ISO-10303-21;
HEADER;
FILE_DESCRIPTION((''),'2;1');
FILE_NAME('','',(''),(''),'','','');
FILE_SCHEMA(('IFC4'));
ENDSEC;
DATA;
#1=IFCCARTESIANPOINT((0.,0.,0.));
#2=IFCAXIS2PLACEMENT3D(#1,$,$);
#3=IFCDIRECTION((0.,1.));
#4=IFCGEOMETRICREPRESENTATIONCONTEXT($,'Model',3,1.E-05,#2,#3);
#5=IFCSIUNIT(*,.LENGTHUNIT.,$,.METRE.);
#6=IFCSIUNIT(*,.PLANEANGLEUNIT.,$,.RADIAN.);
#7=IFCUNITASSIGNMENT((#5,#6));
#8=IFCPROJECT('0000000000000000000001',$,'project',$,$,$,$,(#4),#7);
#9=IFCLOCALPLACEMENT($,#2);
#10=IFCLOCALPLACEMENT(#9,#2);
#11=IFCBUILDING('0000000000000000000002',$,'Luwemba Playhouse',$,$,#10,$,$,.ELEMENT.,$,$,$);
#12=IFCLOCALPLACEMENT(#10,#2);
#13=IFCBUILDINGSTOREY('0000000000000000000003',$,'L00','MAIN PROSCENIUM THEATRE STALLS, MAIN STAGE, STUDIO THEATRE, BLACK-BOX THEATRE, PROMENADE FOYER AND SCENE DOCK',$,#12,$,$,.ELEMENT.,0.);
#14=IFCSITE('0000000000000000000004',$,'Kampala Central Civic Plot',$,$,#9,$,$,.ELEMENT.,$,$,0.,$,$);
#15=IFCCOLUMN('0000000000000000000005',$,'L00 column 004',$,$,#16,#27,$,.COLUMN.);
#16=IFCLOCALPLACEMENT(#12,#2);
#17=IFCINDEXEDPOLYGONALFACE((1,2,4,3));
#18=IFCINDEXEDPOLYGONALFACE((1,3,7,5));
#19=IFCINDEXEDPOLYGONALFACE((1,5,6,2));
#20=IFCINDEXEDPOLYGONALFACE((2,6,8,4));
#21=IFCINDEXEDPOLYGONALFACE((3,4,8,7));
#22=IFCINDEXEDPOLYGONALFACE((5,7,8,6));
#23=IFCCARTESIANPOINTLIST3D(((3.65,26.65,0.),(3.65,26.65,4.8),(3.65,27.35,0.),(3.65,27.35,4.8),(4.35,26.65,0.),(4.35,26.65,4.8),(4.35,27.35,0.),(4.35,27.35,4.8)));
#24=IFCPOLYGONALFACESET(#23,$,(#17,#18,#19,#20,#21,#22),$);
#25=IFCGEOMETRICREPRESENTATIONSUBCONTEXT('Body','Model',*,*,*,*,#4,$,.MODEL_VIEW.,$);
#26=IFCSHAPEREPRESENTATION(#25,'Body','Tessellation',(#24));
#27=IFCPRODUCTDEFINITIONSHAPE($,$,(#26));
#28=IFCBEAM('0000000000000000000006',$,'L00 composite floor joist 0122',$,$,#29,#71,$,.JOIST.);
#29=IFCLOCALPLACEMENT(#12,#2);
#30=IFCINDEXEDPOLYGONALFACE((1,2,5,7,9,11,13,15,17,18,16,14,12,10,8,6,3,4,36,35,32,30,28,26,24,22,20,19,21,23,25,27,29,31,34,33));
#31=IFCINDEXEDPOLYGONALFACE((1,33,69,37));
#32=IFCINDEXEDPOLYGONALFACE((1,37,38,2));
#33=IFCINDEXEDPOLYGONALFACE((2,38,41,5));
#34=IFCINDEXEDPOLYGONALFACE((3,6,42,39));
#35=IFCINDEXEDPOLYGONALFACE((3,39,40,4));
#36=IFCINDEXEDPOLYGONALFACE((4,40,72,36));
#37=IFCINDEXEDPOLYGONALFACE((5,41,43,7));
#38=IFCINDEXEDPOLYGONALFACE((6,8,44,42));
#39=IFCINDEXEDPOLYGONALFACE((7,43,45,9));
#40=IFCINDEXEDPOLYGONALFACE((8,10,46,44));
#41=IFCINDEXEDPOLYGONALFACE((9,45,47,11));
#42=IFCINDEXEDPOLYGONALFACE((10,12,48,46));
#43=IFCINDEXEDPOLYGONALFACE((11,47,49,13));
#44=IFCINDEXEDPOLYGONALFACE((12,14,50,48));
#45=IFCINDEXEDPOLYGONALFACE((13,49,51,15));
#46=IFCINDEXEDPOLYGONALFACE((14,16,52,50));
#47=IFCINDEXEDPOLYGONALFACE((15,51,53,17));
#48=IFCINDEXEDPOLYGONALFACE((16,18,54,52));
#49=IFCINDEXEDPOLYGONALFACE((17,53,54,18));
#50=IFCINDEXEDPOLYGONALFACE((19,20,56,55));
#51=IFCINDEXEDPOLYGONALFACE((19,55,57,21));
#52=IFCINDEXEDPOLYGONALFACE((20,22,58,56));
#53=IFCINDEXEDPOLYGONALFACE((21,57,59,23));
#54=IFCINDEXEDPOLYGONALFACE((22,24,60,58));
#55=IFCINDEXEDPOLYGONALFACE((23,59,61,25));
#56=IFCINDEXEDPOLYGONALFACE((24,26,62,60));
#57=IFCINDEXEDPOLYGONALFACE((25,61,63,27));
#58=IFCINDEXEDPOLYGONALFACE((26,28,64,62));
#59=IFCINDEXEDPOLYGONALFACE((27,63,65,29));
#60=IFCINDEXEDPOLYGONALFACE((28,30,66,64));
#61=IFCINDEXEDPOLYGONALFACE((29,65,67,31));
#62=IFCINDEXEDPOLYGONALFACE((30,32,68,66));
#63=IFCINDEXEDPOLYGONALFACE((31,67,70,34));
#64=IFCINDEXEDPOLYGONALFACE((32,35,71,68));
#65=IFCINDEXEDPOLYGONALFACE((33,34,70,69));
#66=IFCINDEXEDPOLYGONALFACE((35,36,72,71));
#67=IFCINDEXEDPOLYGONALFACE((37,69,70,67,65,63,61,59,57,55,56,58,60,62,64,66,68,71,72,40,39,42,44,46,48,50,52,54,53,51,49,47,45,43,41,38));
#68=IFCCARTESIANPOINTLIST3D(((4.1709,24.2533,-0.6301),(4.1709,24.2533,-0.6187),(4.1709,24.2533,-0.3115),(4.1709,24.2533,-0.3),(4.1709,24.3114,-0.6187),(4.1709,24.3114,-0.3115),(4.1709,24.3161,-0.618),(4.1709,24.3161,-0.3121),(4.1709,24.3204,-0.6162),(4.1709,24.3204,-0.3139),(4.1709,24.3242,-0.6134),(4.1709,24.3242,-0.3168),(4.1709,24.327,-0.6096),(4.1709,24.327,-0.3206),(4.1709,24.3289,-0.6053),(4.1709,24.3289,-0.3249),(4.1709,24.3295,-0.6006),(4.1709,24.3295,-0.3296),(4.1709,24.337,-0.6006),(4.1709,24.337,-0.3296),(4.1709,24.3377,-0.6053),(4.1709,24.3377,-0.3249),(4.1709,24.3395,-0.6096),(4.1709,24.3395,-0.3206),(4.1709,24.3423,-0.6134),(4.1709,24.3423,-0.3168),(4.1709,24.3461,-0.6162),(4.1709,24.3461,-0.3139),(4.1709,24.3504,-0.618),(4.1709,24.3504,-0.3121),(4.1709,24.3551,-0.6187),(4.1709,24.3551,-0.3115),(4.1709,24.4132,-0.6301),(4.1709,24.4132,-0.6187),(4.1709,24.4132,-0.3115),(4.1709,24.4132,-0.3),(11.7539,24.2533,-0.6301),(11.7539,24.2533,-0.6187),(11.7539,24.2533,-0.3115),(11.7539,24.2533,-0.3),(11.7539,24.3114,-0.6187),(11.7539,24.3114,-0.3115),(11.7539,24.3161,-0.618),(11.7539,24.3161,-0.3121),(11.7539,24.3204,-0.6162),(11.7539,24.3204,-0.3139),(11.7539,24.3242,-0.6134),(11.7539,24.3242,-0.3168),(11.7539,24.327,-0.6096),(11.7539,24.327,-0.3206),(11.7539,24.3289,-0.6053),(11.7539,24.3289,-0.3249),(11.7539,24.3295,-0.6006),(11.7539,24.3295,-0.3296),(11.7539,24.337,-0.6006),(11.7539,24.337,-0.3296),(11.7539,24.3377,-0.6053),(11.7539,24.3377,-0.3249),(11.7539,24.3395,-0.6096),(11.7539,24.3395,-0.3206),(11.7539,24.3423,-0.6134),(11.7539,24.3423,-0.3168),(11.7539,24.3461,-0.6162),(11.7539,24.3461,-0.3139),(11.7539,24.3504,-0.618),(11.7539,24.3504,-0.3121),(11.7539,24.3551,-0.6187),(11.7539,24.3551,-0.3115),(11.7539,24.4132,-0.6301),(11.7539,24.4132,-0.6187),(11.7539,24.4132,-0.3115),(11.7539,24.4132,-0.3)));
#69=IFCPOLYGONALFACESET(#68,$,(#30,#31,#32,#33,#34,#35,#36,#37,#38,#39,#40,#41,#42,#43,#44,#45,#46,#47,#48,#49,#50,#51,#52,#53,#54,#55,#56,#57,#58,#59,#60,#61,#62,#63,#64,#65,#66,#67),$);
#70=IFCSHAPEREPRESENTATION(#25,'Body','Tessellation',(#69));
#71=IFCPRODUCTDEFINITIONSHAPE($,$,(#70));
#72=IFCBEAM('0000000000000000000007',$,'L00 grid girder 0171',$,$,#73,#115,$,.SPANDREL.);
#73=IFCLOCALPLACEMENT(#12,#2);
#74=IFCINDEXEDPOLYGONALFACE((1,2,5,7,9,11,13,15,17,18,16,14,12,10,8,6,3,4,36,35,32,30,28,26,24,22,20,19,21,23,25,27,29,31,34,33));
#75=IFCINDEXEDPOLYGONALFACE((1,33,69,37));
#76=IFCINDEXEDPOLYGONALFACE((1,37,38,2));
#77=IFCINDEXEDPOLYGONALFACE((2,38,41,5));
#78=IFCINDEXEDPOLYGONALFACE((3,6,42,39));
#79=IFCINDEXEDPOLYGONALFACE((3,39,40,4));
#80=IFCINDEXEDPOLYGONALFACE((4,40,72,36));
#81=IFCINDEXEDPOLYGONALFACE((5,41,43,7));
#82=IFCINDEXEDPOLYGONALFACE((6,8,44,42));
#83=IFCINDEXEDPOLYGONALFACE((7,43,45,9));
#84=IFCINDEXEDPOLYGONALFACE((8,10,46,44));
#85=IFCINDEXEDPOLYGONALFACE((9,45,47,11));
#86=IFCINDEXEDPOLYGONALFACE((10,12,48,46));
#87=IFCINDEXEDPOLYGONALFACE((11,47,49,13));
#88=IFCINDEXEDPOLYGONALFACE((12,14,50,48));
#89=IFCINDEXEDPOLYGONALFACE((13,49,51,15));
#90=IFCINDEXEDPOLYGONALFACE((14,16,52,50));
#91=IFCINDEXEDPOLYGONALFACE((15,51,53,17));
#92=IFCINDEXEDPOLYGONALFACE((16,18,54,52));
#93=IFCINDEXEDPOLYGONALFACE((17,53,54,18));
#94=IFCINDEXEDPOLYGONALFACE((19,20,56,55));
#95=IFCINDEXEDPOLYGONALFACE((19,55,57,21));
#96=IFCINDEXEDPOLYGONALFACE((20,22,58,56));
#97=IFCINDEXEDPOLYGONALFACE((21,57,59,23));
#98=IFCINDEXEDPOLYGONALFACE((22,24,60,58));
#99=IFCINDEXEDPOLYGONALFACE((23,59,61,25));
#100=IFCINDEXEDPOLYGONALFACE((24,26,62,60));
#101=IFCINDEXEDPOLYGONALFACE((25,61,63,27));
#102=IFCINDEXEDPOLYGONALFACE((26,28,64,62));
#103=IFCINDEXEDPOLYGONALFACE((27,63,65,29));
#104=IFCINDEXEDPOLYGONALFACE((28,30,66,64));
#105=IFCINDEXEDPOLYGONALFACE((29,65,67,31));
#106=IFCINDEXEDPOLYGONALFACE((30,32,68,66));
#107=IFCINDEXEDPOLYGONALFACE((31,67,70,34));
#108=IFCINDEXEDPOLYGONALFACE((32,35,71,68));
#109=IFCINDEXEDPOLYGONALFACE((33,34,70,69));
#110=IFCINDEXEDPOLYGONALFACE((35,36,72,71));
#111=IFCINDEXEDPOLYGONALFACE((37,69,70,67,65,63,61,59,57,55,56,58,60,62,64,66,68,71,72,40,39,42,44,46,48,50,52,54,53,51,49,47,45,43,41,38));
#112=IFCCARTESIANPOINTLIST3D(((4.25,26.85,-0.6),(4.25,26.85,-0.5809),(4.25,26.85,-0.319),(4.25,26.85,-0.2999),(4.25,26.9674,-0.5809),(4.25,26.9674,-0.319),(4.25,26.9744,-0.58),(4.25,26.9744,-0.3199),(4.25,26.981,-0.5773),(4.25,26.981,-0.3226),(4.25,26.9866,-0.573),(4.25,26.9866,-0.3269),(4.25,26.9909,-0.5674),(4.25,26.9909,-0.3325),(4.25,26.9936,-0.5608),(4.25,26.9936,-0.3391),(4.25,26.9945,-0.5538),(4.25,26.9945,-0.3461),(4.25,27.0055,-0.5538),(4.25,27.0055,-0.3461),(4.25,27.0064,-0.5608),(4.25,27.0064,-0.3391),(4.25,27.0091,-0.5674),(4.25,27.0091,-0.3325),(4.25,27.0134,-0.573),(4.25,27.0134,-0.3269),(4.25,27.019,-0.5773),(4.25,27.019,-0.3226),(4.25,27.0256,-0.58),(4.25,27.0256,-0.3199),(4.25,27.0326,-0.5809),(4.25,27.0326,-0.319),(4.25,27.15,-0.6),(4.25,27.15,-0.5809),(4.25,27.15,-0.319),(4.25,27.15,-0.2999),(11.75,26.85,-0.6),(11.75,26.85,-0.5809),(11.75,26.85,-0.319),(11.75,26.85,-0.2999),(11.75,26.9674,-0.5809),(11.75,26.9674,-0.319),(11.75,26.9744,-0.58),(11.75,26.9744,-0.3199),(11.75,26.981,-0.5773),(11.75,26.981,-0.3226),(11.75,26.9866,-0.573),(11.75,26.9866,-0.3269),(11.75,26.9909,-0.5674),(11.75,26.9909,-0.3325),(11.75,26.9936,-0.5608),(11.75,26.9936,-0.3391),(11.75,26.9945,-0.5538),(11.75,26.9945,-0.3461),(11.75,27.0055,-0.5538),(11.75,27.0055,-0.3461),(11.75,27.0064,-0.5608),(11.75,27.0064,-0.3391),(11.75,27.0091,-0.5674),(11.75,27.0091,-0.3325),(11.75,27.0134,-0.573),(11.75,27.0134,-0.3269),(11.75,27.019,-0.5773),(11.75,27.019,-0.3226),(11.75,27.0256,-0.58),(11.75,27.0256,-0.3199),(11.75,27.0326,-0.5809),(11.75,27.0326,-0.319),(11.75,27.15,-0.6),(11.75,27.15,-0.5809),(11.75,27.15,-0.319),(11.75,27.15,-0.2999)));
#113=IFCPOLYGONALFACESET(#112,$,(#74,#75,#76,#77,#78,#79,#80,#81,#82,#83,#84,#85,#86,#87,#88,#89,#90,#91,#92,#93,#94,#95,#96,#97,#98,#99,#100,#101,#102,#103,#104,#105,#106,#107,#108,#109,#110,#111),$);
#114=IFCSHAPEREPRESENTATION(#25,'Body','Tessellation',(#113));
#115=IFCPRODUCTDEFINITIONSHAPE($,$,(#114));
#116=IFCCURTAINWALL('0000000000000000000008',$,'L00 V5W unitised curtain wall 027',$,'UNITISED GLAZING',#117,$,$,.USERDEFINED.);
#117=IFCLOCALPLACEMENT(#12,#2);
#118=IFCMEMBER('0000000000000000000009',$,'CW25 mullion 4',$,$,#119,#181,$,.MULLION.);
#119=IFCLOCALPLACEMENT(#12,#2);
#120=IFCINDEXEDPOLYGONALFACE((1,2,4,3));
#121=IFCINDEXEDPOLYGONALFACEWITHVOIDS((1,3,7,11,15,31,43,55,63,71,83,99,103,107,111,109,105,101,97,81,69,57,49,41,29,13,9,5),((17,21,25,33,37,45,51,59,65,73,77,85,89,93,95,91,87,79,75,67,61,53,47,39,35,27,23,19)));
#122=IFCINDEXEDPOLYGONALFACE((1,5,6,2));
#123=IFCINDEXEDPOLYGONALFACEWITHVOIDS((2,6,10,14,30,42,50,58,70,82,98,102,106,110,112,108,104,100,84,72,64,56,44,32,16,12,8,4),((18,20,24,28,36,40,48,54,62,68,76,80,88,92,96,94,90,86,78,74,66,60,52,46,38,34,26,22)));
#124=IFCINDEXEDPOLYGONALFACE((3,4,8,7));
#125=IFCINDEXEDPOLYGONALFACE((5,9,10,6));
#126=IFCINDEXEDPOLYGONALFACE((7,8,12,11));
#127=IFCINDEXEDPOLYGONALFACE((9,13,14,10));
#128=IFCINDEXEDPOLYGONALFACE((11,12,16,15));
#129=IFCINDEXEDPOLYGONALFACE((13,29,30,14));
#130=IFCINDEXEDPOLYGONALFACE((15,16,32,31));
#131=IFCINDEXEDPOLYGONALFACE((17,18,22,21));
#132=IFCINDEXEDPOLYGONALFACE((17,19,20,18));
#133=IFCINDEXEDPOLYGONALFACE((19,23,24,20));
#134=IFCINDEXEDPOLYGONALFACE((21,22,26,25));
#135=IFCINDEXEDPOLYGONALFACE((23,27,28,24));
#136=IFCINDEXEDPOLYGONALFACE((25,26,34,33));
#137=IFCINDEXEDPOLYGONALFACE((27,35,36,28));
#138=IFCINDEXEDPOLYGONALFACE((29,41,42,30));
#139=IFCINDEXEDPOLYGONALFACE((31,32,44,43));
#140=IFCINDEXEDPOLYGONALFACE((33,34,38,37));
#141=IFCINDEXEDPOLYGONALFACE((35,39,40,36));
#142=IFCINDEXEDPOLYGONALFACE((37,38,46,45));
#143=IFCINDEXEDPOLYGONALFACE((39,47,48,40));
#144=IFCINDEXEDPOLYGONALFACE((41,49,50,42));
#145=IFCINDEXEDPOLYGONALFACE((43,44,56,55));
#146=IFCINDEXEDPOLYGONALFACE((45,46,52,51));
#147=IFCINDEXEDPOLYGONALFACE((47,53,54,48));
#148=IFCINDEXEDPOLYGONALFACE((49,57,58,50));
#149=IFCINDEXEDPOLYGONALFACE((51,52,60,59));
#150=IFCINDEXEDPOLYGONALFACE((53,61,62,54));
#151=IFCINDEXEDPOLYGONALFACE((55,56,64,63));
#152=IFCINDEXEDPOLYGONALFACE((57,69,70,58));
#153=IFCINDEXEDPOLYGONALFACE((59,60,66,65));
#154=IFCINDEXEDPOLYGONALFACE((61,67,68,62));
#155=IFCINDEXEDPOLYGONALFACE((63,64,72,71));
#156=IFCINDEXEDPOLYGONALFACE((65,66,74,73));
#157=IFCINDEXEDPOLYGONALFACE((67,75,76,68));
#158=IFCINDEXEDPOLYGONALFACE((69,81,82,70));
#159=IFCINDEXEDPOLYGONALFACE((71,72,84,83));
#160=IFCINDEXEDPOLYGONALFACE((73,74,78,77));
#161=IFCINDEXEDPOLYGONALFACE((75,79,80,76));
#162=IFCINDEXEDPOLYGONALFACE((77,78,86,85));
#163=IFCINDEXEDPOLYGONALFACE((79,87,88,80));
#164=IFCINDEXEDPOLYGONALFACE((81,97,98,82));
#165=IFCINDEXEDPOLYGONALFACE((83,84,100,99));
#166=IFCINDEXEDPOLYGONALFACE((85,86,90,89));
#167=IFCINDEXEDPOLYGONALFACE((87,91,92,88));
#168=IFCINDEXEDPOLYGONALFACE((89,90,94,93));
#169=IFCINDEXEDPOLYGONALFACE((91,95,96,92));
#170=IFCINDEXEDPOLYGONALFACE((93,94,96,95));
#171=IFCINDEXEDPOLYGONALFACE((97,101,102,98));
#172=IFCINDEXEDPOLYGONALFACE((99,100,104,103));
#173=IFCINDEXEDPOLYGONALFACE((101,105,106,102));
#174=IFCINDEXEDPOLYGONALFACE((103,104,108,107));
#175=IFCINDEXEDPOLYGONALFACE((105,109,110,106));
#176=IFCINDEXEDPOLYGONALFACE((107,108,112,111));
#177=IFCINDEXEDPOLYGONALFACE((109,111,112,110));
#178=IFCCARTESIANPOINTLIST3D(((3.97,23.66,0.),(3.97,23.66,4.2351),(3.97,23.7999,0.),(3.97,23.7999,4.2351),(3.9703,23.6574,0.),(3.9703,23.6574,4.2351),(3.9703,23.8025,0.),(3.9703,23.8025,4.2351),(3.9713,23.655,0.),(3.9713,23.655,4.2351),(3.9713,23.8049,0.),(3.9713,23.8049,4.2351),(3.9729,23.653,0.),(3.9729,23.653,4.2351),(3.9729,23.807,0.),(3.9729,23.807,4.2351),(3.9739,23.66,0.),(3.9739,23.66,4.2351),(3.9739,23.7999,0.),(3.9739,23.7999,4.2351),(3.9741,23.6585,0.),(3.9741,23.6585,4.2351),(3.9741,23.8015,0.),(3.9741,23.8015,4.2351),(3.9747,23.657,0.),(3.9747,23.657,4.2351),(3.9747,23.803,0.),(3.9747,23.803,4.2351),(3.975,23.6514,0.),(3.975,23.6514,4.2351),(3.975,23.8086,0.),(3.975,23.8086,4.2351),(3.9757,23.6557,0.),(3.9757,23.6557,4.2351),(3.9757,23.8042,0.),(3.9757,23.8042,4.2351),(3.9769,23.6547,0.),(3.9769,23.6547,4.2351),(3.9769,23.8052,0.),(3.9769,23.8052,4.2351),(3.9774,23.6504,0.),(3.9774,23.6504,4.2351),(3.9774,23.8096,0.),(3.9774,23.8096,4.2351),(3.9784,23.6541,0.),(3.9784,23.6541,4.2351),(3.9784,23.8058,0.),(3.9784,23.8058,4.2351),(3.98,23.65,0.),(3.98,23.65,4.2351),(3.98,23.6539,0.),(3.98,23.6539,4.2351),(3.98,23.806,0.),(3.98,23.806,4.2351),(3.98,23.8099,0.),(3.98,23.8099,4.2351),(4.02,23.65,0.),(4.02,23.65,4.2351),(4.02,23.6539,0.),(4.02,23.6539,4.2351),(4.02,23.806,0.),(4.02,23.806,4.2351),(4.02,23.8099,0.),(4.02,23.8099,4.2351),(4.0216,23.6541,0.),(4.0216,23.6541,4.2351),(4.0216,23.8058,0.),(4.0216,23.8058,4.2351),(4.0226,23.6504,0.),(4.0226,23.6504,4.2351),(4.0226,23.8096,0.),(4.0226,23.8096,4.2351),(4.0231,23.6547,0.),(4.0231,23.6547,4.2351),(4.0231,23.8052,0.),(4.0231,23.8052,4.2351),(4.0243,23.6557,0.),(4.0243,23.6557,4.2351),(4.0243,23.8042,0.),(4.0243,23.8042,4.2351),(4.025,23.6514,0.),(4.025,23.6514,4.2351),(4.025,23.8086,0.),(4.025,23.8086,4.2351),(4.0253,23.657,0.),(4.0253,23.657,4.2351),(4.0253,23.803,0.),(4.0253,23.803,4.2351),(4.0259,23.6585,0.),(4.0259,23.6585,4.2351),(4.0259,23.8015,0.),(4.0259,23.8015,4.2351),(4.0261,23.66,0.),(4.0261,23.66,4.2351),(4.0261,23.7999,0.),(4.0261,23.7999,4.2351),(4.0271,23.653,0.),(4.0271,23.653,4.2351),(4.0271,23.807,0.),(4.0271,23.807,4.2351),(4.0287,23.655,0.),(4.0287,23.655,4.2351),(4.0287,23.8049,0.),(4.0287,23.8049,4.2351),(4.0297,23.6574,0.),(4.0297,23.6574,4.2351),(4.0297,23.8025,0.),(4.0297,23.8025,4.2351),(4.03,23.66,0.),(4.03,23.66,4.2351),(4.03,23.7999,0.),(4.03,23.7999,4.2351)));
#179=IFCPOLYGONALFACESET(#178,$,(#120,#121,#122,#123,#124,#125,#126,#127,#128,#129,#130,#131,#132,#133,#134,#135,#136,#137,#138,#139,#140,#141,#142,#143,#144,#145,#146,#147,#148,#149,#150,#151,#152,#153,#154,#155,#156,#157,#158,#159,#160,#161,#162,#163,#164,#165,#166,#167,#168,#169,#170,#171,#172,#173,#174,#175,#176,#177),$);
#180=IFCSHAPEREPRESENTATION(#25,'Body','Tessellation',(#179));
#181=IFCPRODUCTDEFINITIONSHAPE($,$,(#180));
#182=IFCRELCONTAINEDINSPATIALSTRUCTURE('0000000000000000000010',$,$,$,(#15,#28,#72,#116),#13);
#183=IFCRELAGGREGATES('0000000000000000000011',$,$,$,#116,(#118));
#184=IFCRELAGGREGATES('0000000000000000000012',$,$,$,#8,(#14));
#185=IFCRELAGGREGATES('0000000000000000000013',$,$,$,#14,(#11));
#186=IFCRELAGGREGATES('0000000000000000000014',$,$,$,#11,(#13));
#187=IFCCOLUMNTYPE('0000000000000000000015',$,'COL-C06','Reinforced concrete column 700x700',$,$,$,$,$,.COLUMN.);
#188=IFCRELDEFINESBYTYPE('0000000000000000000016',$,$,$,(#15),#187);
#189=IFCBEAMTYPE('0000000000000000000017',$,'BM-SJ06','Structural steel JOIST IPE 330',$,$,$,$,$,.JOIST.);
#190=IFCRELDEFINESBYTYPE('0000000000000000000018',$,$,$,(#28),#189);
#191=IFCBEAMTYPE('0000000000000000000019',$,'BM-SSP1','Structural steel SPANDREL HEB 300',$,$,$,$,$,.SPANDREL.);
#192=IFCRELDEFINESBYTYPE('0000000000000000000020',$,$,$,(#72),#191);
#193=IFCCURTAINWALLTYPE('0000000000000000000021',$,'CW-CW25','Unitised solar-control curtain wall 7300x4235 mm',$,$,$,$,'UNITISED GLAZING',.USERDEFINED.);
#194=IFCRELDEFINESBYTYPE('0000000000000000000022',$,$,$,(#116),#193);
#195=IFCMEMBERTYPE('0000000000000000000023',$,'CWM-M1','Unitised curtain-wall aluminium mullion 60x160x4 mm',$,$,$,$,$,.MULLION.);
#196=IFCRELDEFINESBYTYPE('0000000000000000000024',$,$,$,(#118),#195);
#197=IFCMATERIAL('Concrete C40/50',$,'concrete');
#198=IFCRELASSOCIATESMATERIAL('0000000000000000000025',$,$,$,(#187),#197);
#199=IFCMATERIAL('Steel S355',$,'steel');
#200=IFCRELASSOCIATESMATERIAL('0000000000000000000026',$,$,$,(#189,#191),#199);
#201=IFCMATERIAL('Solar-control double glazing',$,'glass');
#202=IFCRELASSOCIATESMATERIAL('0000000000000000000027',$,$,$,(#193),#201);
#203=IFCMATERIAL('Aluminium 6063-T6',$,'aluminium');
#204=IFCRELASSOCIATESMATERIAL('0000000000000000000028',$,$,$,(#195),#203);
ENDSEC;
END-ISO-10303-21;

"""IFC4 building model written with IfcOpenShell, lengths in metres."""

from ifc_helpers import new_model, si_unit, direction, frame, origin, origin_2d, place, context, subcontext, project, spatial, rectangle, hollow_rectangle, i_section, extrude, material, material_profile, profile_set, type_object, element, aggregate, save


model = new_model("IFC4")

# Units and contexts
model_context = context("Model", 3, precision=1e-05, world=origin(), true_north=direction((0.0, 1.0)))
body_context = subcontext(model_context, "Body", "Model", "MODEL_VIEW")
ifc_project = project(units=[si_unit("LENGTHUNIT", "METRE"), si_unit("PLANEANGLEUNIT", "RADIAN")], contexts=[model_context])

# Site, building, storey
site_placement = place(None, origin())
site = spatial("IfcSite", under=ifc_project, at=site_placement, Name="Kampala Central Civic Plot", CompositionType="ELEMENT", RefElevation=0.0)
building_placement = place(site_placement, origin())
building = spatial("IfcBuilding", under=site, at=building_placement, Name="Luwemba Playhouse", CompositionType="ELEMENT")
storey_placement = place(building_placement, origin())
storey = spatial("IfcBuildingStorey", under=building, at=storey_placement, Name="L00", Description="MAIN PROSCENIUM THEATRE STALLS, MAIN STAGE, STUDIO THEATRE, BLACK-BOX THEATRE, PROMENADE FOYER AND SCENE DOCK", CompositionType="ELEMENT", Elevation=0.0)

# Column
ifc_material_1 = material(Name="Concrete C40/50", Category="concrete")
ifc_material_profile_1 = material_profile(ifc_material_1, rectangle(XDim=0.7, YDim=0.7, at=origin_2d()))
ifc_profile_set_1 = profile_set([ifc_material_profile_1], Name="Concrete C40/50")
column_type = type_object("IfcColumnType", Name="COL-C06", Description="Reinforced concrete column 700x700", PredefinedType="COLUMN", material=ifc_profile_set_1)
column_placement = place(storey_placement, frame((4.0, 27.0, 0.0), z_axis=(0.0, 0.0, 1.0), x_axis=(1.0, 0.0, 0.0)))
element("IfcColumn", 1, at=column_placement, inside=storey, type_object=column_type, Name="L00 column 004", PredefinedType="COLUMN", context=body_context, shape_type="SweptSolid", body=[
    extrude(rectangle(XDim=0.7, YDim=0.7, at=origin_2d()), origin(), (0.0, 0.0, 1.0), 4.8),
])

# Beams
ifc_material_2 = material(Name="Steel S355", Category="steel")
ifc_material_profile_2 = material_profile(ifc_material_2, i_section(OverallWidth=0.1599, OverallDepth=0.3301, WebThickness=0.0076, FlangeThickness=0.0115, FilletRadius=0.0181, at=origin_2d()))
ifc_profile_set_2 = profile_set([ifc_material_profile_2], Name="Steel S355")
beam_type_1 = type_object("IfcBeamType", Name="BM-SJ06", Description="Structural steel JOIST IPE 330", PredefinedType="JOIST", material=ifc_profile_set_2)
beam_1_placement = place(storey_placement, frame((4.1709, 24.3333, -0.4651), z_axis=(1.0, 0.0, 0.0), x_axis=(0.0, 1.0, 0.0)))
element("IfcBeam", 2, at=beam_1_placement, inside=storey, type_object=beam_type_1, Name="L00 composite floor joist 0122", PredefinedType="JOIST", context=body_context, shape_type="SweptSolid", body=[
    extrude(i_section(OverallWidth=0.1599, OverallDepth=0.3301, WebThickness=0.0076, FlangeThickness=0.0115, FilletRadius=0.0181, at=origin_2d()), origin(), (0.0, 0.0, 1.0), 7.583),
])
ifc_material_profile_3 = material_profile(ifc_material_2, i_section(OverallWidth=0.3, OverallDepth=0.3, WebThickness=0.011, FlangeThickness=0.019, FilletRadius=0.0271, at=origin_2d()))
ifc_profile_set_3 = profile_set([ifc_material_profile_3], Name="Steel S355")
beam_type_2 = type_object("IfcBeamType", Name="BM-SSP1", Description="Structural steel SPANDREL HEB 300", PredefinedType="SPANDREL", material=ifc_profile_set_3)
beam_2_placement = place(storey_placement, frame((4.25, 27.0, -0.45), z_axis=(1.0, 0.0, 0.0), x_axis=(0.0, 1.0, 0.0)))
element("IfcBeam", 3, at=beam_2_placement, inside=storey, type_object=beam_type_2, Name="L00 grid girder 0171", PredefinedType="SPANDREL", context=body_context, shape_type="SweptSolid", body=[
    extrude(i_section(OverallWidth=0.3, OverallDepth=0.3, WebThickness=0.011, FlangeThickness=0.019, FilletRadius=0.0271, at=origin_2d()), origin(), (0.0, 0.0, 1.0), 7.5),
])

# Curtain wall, member
ifc_material_3 = material(Name="Solar-control double glazing", Category="glass")
curtain_wall_type_1 = type_object("IfcCurtainWallType", Name="CW-CW25", Description="Unitised solar-control curtain wall 7300x4235 mm", ElementType="UNITISED GLAZING", PredefinedType="USERDEFINED", material=ifc_material_3)
curtain_wall_1_placement = place(storey_placement, origin())
curtain_wall_1 = element("IfcCurtainWall", 4, at=curtain_wall_1_placement, inside=storey, type_object=curtain_wall_type_1, Name="L00 V5W unitised curtain wall 027", ObjectType="UNITISED GLAZING", PredefinedType="USERDEFINED")
ifc_material_4 = material(Name="Aluminium 6063-T6", Category="aluminium")
ifc_material_profile_4 = material_profile(ifc_material_4, hollow_rectangle(XDim=0.0601, YDim=0.1599, WallThickness=0.0039, InnerFilletRadius=0.0061, OuterFilletRadius=0.01, at=origin_2d()))
ifc_profile_set_4 = profile_set([ifc_material_profile_4], Name="Aluminium 6063-T6")
member_type_1 = type_object("IfcMemberType", Name="CWM-M1", Description="Unitised curtain-wall aluminium mullion 60x160x4 mm", PredefinedType="MULLION", material=ifc_profile_set_4)
member_1_placement = place(storey_placement, frame((4.0, 23.73, 0.0), z_axis=(0.0, 0.0, 1.0), x_axis=(-1.0, 0.0, 0.0)))
member_1 = element("IfcMember", 5, at=member_1_placement, type_object=member_type_1, Name="CW25 mullion 4", PredefinedType="MULLION", context=body_context, shape_type="SweptSolid", body=[
    extrude(hollow_rectangle(XDim=0.0601, YDim=0.1599, WallThickness=0.0039, InnerFilletRadius=0.0061, OuterFilletRadius=0.01, at=origin_2d()), origin(), (0.0, 0.0, 1.0), 4.2351),
])

aggregate(curtain_wall_1, [member_1])

save(model, "model.ifc")
